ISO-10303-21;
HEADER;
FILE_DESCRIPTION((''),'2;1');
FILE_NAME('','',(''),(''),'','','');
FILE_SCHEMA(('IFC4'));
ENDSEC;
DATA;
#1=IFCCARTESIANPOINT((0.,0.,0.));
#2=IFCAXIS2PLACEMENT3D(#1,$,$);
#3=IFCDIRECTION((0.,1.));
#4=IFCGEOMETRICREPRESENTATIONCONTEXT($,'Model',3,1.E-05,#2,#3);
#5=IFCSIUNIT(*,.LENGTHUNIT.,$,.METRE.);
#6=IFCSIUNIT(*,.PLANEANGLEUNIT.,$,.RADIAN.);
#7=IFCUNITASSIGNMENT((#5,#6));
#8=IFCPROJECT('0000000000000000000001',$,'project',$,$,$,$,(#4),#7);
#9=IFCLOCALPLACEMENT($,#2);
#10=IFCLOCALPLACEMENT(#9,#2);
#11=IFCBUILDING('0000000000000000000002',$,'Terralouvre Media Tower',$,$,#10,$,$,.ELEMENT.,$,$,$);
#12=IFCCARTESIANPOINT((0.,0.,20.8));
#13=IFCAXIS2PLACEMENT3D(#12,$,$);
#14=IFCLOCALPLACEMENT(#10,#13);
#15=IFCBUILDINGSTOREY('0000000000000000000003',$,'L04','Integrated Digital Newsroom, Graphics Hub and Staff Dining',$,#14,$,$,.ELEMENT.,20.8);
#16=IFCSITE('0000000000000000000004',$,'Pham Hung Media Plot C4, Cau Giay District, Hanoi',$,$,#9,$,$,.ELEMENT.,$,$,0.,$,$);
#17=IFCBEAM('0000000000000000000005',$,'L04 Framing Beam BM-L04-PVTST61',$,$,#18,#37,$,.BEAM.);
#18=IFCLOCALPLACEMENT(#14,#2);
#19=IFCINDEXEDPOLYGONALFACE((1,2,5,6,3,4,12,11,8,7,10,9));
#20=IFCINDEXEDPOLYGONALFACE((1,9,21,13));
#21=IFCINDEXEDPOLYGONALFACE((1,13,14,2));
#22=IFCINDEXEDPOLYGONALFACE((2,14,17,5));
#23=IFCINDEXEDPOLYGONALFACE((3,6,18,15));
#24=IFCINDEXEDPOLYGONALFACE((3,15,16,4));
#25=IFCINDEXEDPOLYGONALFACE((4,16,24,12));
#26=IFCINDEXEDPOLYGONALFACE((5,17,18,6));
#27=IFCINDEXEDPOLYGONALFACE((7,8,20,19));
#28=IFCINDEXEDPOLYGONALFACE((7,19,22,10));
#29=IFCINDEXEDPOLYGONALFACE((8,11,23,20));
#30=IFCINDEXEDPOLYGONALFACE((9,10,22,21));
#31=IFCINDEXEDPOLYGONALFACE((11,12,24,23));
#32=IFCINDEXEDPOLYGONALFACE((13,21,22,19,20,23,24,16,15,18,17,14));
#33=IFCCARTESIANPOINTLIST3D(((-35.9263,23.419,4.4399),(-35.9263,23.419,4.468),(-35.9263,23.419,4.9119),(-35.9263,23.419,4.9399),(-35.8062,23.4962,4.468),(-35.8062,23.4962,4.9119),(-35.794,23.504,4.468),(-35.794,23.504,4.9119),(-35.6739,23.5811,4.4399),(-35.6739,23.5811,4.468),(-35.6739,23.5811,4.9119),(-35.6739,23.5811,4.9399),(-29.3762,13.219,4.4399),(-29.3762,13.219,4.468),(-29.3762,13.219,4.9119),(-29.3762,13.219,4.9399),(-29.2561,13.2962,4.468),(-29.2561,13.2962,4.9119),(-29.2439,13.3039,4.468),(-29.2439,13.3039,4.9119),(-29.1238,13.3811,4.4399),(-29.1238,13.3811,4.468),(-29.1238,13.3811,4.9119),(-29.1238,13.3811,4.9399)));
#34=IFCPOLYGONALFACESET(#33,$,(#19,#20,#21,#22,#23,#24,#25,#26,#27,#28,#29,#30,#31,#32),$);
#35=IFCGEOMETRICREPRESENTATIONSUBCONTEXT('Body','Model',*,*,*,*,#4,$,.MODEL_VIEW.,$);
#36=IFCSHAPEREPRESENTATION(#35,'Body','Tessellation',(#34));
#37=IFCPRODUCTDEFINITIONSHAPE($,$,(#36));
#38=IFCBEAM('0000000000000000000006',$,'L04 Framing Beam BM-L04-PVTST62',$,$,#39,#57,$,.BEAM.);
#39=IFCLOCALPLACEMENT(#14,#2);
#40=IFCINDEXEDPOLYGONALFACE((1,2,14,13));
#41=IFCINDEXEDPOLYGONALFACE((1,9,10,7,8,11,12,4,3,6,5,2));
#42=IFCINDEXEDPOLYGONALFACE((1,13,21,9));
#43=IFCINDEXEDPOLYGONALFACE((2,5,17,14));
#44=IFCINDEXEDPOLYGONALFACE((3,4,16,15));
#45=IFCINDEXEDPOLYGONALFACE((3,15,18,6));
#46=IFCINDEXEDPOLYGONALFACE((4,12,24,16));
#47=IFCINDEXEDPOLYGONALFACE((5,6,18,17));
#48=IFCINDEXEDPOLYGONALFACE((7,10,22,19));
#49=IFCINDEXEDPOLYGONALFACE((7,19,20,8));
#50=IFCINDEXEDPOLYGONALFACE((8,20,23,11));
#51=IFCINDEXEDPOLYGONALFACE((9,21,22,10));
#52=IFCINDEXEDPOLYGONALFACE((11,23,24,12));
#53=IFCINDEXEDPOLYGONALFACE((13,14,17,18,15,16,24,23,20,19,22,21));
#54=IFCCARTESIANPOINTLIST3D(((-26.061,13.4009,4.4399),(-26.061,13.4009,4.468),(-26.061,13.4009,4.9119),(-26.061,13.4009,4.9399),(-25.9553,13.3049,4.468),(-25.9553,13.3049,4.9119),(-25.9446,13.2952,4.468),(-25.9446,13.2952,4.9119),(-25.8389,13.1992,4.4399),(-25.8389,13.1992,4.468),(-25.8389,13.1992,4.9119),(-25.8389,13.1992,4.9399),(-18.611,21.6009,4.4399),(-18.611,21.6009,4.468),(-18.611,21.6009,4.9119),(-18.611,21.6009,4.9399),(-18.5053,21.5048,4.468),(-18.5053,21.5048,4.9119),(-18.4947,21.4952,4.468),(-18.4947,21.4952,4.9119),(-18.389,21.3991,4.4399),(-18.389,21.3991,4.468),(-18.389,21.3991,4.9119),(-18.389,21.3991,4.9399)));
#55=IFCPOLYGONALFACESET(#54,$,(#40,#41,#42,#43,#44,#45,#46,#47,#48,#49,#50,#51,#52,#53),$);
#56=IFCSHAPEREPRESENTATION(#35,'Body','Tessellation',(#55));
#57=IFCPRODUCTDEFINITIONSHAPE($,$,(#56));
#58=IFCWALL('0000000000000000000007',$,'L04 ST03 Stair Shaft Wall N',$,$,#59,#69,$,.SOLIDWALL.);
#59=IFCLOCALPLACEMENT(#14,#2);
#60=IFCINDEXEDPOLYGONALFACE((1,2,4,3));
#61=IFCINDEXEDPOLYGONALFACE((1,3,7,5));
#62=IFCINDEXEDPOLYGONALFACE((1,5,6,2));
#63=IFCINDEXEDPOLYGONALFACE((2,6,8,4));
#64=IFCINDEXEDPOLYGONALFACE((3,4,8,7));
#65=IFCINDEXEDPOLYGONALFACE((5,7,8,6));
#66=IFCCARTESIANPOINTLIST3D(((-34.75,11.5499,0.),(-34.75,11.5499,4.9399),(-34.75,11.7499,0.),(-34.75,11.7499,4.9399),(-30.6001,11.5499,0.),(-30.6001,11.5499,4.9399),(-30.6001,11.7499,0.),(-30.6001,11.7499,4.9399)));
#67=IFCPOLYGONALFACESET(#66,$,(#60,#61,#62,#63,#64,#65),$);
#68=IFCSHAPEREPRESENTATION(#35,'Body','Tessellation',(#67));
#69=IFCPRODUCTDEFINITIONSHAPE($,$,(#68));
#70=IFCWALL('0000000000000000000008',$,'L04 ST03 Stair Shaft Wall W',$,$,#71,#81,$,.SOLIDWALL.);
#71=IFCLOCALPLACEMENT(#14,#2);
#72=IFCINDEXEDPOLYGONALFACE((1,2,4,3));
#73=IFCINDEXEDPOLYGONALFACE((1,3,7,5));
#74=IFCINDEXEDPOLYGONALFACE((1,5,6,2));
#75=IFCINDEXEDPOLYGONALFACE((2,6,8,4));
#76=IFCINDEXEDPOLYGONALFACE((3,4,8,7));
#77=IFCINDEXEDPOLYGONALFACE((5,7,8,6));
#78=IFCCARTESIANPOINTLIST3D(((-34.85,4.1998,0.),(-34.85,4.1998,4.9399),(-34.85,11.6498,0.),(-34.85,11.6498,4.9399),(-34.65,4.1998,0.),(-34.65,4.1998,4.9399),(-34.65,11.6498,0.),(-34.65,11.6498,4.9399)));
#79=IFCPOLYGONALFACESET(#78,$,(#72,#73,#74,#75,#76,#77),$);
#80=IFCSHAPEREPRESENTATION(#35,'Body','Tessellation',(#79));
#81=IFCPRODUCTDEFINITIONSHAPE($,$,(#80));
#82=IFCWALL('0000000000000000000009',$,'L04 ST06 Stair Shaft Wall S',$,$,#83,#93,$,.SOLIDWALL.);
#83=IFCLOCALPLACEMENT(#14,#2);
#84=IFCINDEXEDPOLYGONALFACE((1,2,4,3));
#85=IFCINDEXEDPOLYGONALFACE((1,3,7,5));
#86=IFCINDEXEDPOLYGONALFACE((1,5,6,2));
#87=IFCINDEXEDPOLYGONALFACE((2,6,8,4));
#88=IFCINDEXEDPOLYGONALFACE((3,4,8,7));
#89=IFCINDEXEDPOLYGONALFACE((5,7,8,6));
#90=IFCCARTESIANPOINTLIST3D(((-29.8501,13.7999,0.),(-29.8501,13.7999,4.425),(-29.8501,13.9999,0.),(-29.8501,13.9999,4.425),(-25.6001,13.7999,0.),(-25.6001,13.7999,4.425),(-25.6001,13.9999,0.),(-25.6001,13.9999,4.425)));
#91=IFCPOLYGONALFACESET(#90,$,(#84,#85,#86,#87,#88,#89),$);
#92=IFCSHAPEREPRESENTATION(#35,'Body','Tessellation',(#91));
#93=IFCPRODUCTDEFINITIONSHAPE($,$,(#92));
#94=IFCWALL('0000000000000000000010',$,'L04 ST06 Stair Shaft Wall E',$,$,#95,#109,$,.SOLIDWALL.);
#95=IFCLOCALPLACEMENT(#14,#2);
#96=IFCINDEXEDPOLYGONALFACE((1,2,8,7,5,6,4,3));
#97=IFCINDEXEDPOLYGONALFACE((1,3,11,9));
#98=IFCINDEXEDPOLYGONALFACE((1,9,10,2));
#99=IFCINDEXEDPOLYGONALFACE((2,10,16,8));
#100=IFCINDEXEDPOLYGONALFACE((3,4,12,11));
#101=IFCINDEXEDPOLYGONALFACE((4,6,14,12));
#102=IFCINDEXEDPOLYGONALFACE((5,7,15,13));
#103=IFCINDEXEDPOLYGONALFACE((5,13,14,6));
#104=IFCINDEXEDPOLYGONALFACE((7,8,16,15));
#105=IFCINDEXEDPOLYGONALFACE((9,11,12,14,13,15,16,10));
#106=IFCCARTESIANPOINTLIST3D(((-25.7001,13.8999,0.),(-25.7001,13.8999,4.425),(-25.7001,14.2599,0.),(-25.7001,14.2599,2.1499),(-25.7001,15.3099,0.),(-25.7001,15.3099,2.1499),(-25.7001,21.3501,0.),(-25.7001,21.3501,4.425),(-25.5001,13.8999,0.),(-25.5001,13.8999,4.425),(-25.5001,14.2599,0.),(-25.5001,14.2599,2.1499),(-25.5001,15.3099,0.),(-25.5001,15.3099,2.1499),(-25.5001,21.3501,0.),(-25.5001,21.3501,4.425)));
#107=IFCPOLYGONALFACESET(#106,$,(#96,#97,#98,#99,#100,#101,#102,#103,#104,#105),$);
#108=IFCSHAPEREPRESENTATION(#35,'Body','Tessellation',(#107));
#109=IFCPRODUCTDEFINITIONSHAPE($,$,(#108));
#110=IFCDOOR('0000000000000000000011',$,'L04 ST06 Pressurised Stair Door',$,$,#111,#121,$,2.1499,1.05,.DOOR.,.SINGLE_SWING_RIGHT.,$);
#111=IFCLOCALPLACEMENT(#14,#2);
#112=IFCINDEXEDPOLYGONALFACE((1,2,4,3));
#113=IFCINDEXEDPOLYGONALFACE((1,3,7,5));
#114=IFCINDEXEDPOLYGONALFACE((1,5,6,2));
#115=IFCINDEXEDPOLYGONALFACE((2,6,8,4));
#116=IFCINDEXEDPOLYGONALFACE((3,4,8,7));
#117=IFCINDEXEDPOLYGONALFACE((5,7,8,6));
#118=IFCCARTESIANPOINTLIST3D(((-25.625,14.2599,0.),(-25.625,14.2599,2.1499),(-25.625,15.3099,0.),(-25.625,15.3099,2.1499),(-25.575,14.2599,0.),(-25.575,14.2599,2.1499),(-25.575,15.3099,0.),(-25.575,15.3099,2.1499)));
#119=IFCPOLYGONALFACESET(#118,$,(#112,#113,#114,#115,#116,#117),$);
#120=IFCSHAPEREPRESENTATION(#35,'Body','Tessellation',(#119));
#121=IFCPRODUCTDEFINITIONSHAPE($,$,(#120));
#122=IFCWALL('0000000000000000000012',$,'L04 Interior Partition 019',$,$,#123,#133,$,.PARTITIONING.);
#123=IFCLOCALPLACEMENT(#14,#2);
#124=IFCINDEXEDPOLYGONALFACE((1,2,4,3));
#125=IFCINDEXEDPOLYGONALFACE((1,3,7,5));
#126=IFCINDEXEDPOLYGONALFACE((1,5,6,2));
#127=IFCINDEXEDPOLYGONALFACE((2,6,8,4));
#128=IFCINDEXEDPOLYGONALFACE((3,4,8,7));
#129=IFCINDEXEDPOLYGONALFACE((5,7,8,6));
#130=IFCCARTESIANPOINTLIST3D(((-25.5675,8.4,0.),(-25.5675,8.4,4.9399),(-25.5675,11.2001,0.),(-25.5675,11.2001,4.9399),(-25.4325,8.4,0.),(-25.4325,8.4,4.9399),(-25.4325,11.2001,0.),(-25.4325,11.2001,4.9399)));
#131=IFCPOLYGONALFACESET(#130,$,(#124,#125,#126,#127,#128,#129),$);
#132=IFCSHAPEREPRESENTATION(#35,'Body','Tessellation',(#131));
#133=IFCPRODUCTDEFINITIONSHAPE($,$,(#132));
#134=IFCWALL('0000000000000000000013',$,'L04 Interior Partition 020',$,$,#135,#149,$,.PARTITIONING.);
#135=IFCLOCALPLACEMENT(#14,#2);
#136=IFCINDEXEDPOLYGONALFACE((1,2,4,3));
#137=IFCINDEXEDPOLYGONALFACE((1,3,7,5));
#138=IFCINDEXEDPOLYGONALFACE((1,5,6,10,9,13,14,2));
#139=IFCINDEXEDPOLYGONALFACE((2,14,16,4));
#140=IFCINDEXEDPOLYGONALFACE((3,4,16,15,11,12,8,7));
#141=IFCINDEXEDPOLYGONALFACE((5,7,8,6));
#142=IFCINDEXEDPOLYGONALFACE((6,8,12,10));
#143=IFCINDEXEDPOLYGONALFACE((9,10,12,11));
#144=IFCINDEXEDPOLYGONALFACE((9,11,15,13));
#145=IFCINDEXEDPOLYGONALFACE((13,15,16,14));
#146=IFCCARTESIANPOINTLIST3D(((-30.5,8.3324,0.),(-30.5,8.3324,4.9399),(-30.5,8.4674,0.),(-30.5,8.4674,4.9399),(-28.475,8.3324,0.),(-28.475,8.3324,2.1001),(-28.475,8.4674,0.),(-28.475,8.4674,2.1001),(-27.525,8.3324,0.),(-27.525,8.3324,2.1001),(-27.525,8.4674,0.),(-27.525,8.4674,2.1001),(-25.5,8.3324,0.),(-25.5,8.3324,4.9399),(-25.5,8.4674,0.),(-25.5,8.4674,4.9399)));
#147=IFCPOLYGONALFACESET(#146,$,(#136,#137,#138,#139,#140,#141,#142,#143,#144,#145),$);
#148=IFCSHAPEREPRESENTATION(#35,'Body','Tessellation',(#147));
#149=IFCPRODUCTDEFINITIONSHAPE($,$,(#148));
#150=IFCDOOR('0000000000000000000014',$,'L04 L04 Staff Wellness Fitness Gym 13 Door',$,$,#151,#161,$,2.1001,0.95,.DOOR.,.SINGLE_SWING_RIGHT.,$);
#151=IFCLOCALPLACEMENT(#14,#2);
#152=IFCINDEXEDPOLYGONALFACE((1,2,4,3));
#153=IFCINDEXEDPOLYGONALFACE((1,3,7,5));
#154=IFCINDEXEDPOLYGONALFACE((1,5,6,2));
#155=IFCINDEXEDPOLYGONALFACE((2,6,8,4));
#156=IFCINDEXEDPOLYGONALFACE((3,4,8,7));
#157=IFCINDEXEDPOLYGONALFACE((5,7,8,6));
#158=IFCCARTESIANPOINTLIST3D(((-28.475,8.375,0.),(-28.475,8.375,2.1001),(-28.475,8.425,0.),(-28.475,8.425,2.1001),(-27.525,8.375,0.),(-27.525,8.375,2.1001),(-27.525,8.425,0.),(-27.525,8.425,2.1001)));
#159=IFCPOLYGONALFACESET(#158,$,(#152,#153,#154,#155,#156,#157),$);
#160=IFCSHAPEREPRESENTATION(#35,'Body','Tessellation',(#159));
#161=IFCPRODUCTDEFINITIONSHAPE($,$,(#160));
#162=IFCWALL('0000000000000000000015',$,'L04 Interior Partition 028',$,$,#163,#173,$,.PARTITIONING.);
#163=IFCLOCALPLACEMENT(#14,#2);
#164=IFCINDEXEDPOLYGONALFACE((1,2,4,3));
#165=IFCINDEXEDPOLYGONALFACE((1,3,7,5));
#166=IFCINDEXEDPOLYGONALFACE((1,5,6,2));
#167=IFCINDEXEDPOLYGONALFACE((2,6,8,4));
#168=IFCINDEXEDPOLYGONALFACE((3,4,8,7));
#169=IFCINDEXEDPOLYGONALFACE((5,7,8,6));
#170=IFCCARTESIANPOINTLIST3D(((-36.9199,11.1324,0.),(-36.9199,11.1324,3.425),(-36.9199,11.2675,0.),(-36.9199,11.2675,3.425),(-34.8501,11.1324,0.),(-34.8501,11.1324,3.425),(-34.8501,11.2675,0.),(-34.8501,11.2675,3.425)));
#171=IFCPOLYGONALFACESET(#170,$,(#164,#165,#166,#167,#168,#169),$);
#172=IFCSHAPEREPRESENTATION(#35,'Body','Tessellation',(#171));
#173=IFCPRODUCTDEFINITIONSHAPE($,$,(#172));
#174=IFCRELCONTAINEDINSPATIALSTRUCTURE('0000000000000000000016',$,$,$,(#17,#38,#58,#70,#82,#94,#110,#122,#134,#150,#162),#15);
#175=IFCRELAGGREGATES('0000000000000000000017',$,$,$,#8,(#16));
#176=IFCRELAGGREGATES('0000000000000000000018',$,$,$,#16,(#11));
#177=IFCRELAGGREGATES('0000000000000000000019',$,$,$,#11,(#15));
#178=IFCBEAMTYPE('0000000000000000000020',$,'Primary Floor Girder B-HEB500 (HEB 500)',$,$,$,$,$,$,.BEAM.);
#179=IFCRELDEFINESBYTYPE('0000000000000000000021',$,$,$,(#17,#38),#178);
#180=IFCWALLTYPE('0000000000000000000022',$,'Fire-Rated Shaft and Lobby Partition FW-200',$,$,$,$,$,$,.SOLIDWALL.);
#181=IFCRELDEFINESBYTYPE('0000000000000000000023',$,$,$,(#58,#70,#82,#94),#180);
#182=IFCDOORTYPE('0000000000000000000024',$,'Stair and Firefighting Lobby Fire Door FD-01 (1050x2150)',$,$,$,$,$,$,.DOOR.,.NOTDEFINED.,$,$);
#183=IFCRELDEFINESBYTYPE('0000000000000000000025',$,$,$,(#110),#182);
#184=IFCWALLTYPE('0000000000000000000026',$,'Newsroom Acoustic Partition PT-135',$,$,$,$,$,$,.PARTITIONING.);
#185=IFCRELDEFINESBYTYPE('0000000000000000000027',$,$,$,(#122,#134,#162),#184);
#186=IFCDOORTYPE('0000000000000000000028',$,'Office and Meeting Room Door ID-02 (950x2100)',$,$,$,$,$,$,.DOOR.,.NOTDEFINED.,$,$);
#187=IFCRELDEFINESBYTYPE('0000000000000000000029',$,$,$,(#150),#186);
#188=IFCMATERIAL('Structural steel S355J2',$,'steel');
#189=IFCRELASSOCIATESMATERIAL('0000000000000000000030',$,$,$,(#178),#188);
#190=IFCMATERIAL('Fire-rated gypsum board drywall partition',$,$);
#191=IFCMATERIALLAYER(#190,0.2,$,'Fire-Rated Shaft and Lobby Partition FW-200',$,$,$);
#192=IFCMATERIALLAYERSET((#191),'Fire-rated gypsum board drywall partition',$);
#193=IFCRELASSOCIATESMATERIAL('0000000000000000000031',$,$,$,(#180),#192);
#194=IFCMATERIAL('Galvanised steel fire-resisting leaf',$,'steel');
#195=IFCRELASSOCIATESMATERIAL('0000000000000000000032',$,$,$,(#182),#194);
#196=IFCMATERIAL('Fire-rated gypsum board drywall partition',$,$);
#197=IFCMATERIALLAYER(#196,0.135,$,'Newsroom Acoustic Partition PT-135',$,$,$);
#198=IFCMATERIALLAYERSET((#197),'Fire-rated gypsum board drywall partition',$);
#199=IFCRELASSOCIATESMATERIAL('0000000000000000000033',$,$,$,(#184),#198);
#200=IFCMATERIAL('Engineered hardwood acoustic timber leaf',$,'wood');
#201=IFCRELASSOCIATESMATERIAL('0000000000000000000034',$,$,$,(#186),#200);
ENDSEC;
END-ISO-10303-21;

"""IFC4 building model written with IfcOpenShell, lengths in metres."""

from ifc_helpers import new_model, si_unit, direction, frame, frame_2d, origin, origin_2d, place, context, subcontext, project, spatial, rectangle, i_section, extrude, material, layer, layer_set, material_profile, profile_set, type_object, element, fill, save


model = new_model("IFC4")

# Units and contexts
model_context = context("Model", 3, precision=1e-05, world=origin(), true_north=direction((0.0, 1.0)))
body_context = subcontext(model_context, "Body", "Model", "MODEL_VIEW")
ifc_project = project(units=[si_unit("LENGTHUNIT", "METRE"), si_unit("PLANEANGLEUNIT", "RADIAN")], contexts=[model_context])

# Site, building, storey
site_placement = place(None, origin())
site = spatial("IfcSite", under=ifc_project, at=site_placement, Name="Pham Hung Media Plot C4, Cau Giay District, Hanoi", CompositionType="ELEMENT", RefElevation=0.0)
building_placement = place(site_placement, origin())
building = spatial("IfcBuilding", under=site, at=building_placement, Name="Terralouvre Media Tower", CompositionType="ELEMENT")
storey_placement = place(building_placement, frame((0.0, 0.0, 20.8)))
storey = spatial("IfcBuildingStorey", under=building, at=storey_placement, Name="L04", Description="Integrated Digital Newsroom, Graphics Hub and Staff Dining", CompositionType="ELEMENT", Elevation=20.8)

# Beams
ifc_material_1 = material(Name="Structural steel S355J2", Category="steel")
ifc_material_profile_1 = material_profile(ifc_material_1, i_section(OverallWidth=0.3, OverallDepth=0.5, WebThickness=0.0144, FlangeThickness=0.0281, at=origin_2d()), Name="HEB 500")
ifc_profile_set_1 = profile_set([ifc_material_profile_1], Name="Structural steel S355J2")
beam_type_1 = type_object("IfcBeamType", Name="Primary Floor Girder B-HEB500 (HEB 500)", PredefinedType="BEAM", material=ifc_profile_set_1)
beam_1_placement = place(storey_placement, frame((-29.25, 13.3, 4.6899), z_axis=(-0.540345, 0.841443, 0.0), x_axis=(-0.841443, -0.540345, 0.0)))
element("IfcBeam", 1, at=beam_1_placement, inside=storey, type_object=beam_type_1, Name="L04 Framing Beam BM-L04-PVTST61", PredefinedType="BEAM", context=body_context, shape_type="SweptSolid", body=[
    extrude(i_section(OverallWidth=0.3, OverallDepth=0.5, WebThickness=0.0144, FlangeThickness=0.0281, at=origin_2d()), origin(), (0.0, 0.0, 1.0), 12.1221),
])
beam_2_placement = place(storey_placement, frame((-25.95, 13.3, 4.6899), z_axis=(0.672448, 0.740144, 0.0), x_axis=(-0.740144, 0.672448, 0.0)))
element("IfcBeam", 2, at=beam_2_placement, inside=storey, type_object=beam_type_1, Name="L04 Framing Beam BM-L04-PVTST62", PredefinedType="BEAM", context=body_context, shape_type="SweptSolid", body=[
    extrude(i_section(OverallWidth=0.3, OverallDepth=0.5, WebThickness=0.0144, FlangeThickness=0.0281, at=origin_2d()), origin(), (0.0, 0.0, 1.0), 11.0789),
])

# Walls
ifc_material_2 = material(Name="Fire-rated gypsum board drywall partition")
ifc_layer_1 = layer(ifc_material_2, 0.2, Name="Fire-Rated Shaft and Lobby Partition FW-200")
ifc_layer_set_1 = layer_set([ifc_layer_1], Name="Fire-rated gypsum board drywall partition")
wall_type_1 = type_object("IfcWallType", Name="Fire-Rated Shaft and Lobby Partition FW-200", PredefinedType="SOLIDWALL", material=ifc_layer_set_1)
wall_1_placement = place(storey_placement, frame((-30.6001, 11.6499, 0.0), z_axis=(0.0, 0.0, 1.0), x_axis=(-1.0, 0.0, 0.0)))
element("IfcWall", 3, at=wall_1_placement, inside=storey, type_object=wall_type_1, Name="L04 ST03 Stair Shaft Wall N", PredefinedType="SOLIDWALL", context=body_context, shape_type="SweptSolid", body=[
    extrude(rectangle(XDim=4.1499, YDim=0.2, at=frame_2d((2.075, 0.0))), origin(), (0.0, 0.0, 1.0), 4.9399),
])
wall_2_placement = place(storey_placement, frame((-34.75, 11.6499, 0.0), z_axis=(0.0, 0.0, 1.0), x_axis=(0.0, -1.0, 0.0)))
element("IfcWall", 4, at=wall_2_placement, inside=storey, type_object=wall_type_1, Name="L04 ST03 Stair Shaft Wall W", PredefinedType="SOLIDWALL", context=body_context, shape_type="SweptSolid", body=[
    extrude(rectangle(XDim=7.45, YDim=0.2, at=frame_2d((3.7251, 0.0))), origin(), (0.0, 0.0, 1.0), 4.9399),
])
wall_3_placement = place(storey_placement, frame((-29.8501, 13.8999, 0.0), z_axis=(0.0, 0.0, 1.0), x_axis=(1.0, 0.0, 0.0)))
element("IfcWall", 5, at=wall_3_placement, inside=storey, type_object=wall_type_1, Name="L04 ST06 Stair Shaft Wall S", PredefinedType="SOLIDWALL", context=body_context, shape_type="SweptSolid", body=[
    extrude(rectangle(XDim=4.25, YDim=0.2, at=frame_2d((2.125, 0.0))), origin(), (0.0, 0.0, 1.0), 4.425),
])

# Wall, opening, door
wall_4_placement = place(storey_placement, frame((-25.6001, 13.8999, 0.0), z_axis=(0.0, 0.0, 1.0), x_axis=(0.0, 1.0, 0.0)))
wall_4 = element("IfcWall", 6, at=wall_4_placement, inside=storey, type_object=wall_type_1, Name="L04 ST06 Stair Shaft Wall E", PredefinedType="SOLIDWALL", context=body_context, shape_type="SweptSolid", body=[
    extrude(rectangle(XDim=7.4502, YDim=0.2, at=frame_2d((3.7251, 0.0))), origin(), (0.0, 0.0, 1.0), 4.425),
])
opening_1_placement = place(wall_4_placement, frame((0.3601, 0.0, 0.0)))
opening_1 = element("IfcOpeningElement", 7, at=opening_1_placement, cuts=wall_4, PredefinedType="OPENING", context=body_context, shape_type="SweptSolid", body=[
    extrude(rectangle(XDim=1.05, YDim=2.1499, at=frame_2d((0.5249, 1.075))), frame((0.0, 0.1099, 0.0), z_axis=(0.0, -1.0, 0.0), x_axis=(1.0, 0.0, 0.0)), (0.0, 0.0, 1.0), 0.22),
])
ifc_material_3 = material(Name="Galvanised steel fire-resisting leaf", Category="steel")
door_type_1 = type_object("IfcDoorType", Name="Stair and Firefighting Lobby Fire Door FD-01 (1050x2150)", OperationType="NOTDEFINED", PredefinedType="DOOR", material=ifc_material_3)
door_1_placement = place(opening_1_placement, origin())
door_1 = element("IfcDoor", 8, at=door_1_placement, inside=storey, type_object=door_type_1, Name="L04 ST06 Pressurised Stair Door", OperationType="SINGLE_SWING_RIGHT", OverallHeight=2.1499, OverallWidth=1.05, PredefinedType="DOOR", context=body_context, shape_type="SweptSolid", body=[
    extrude(rectangle(XDim=1.05, YDim=2.1499, at=frame_2d((0.5249, 1.075))), frame((0.0, 0.0249, 0.0), z_axis=(0.0, -1.0, 0.0), x_axis=(1.0, 0.0, 0.0)), (0.0, 0.0, 1.0), 0.05),
])
fill(opening_1, door_1)

# Wall
ifc_material_4 = material(Name="Fire-rated gypsum board drywall partition")
ifc_layer_2 = layer(ifc_material_4, 0.135, Name="Newsroom Acoustic Partition PT-135")
ifc_layer_set_2 = layer_set([ifc_layer_2], Name="Fire-rated gypsum board drywall partition")
wall_type_2 = type_object("IfcWallType", Name="Newsroom Acoustic Partition PT-135", PredefinedType="PARTITIONING", material=ifc_layer_set_2)
wall_5_placement = place(storey_placement, frame((-25.5, 11.2, 0.0), z_axis=(0.0, 0.0, 1.0), x_axis=(0.0, -1.0, 0.0)))
element("IfcWall", 9, at=wall_5_placement, inside=storey, type_object=wall_type_2, Name="L04 Interior Partition 019", PredefinedType="PARTITIONING", context=body_context, shape_type="SweptSolid", body=[
    extrude(rectangle(XDim=2.8, YDim=0.135, at=frame_2d((1.3999, 0.0))), origin(), (0.0, 0.0, 1.0), 4.9399),
])

# Wall, opening, door
wall_6_placement = place(storey_placement, frame((-25.5, 8.3999, 0.0), z_axis=(0.0, 0.0, 1.0), x_axis=(-1.0, 0.0, 0.0)))
wall_6 = element("IfcWall", 10, at=wall_6_placement, inside=storey, type_object=wall_type_2, Name="L04 Interior Partition 020", PredefinedType="PARTITIONING", context=body_context, shape_type="SweptSolid", body=[
    extrude(rectangle(XDim=5.0, YDim=0.135, at=frame_2d((2.5, 0.0))), origin(), (0.0, 0.0, 1.0), 4.9399),
])
opening_2_placement = place(wall_6_placement, frame((2.0249, 0.0, 0.0)))
opening_2 = element("IfcOpeningElement", 11, at=opening_2_placement, cuts=wall_6, PredefinedType="OPENING", context=body_context, shape_type="SweptSolid", body=[
    extrude(rectangle(XDim=0.95, YDim=2.1001, at=frame_2d((0.4751, 1.05))), frame((0.0, 0.0774, 0.0), z_axis=(0.0, -1.0, 0.0), x_axis=(1.0, 0.0, 0.0)), (0.0, 0.0, 1.0), 0.155),
])
ifc_material_5 = material(Name="Engineered hardwood acoustic timber leaf", Category="wood")
door_type_2 = type_object("IfcDoorType", Name="Office and Meeting Room Door ID-02 (950x2100)", OperationType="NOTDEFINED", PredefinedType="DOOR", material=ifc_material_5)
door_2_placement = place(opening_2_placement, origin())
door_2 = element("IfcDoor", 12, at=door_2_placement, inside=storey, type_object=door_type_2, Name="L04 L04 Staff Wellness Fitness Gym 13 Door", OperationType="SINGLE_SWING_RIGHT", OverallHeight=2.1001, OverallWidth=0.95, PredefinedType="DOOR", context=body_context, shape_type="SweptSolid", body=[
    extrude(rectangle(XDim=0.95, YDim=2.1001, at=frame_2d((0.4751, 1.05))), frame((0.0, 0.0249, 0.0), z_axis=(0.0, -1.0, 0.0), x_axis=(1.0, 0.0, 0.0)), (0.0, 0.0, 1.0), 0.05),
])
fill(opening_2, door_2)

# Wall
wall_7_placement = place(storey_placement, frame((-34.8501, 11.2, 0.0), z_axis=(0.0, 0.0, 1.0), x_axis=(-1.0, 0.0, 0.0)))
element("IfcWall", 13, at=wall_7_placement, inside=storey, type_object=wall_type_2, Name="L04 Interior Partition 028", PredefinedType="PARTITIONING", context=body_context, shape_type="SweptSolid", body=[
    extrude(rectangle(XDim=2.0698, YDim=0.135, at=frame_2d((1.0349, 0.0))), origin(), (0.0, 0.0, 1.0), 3.425),
])

save(model, "model.ifc")
